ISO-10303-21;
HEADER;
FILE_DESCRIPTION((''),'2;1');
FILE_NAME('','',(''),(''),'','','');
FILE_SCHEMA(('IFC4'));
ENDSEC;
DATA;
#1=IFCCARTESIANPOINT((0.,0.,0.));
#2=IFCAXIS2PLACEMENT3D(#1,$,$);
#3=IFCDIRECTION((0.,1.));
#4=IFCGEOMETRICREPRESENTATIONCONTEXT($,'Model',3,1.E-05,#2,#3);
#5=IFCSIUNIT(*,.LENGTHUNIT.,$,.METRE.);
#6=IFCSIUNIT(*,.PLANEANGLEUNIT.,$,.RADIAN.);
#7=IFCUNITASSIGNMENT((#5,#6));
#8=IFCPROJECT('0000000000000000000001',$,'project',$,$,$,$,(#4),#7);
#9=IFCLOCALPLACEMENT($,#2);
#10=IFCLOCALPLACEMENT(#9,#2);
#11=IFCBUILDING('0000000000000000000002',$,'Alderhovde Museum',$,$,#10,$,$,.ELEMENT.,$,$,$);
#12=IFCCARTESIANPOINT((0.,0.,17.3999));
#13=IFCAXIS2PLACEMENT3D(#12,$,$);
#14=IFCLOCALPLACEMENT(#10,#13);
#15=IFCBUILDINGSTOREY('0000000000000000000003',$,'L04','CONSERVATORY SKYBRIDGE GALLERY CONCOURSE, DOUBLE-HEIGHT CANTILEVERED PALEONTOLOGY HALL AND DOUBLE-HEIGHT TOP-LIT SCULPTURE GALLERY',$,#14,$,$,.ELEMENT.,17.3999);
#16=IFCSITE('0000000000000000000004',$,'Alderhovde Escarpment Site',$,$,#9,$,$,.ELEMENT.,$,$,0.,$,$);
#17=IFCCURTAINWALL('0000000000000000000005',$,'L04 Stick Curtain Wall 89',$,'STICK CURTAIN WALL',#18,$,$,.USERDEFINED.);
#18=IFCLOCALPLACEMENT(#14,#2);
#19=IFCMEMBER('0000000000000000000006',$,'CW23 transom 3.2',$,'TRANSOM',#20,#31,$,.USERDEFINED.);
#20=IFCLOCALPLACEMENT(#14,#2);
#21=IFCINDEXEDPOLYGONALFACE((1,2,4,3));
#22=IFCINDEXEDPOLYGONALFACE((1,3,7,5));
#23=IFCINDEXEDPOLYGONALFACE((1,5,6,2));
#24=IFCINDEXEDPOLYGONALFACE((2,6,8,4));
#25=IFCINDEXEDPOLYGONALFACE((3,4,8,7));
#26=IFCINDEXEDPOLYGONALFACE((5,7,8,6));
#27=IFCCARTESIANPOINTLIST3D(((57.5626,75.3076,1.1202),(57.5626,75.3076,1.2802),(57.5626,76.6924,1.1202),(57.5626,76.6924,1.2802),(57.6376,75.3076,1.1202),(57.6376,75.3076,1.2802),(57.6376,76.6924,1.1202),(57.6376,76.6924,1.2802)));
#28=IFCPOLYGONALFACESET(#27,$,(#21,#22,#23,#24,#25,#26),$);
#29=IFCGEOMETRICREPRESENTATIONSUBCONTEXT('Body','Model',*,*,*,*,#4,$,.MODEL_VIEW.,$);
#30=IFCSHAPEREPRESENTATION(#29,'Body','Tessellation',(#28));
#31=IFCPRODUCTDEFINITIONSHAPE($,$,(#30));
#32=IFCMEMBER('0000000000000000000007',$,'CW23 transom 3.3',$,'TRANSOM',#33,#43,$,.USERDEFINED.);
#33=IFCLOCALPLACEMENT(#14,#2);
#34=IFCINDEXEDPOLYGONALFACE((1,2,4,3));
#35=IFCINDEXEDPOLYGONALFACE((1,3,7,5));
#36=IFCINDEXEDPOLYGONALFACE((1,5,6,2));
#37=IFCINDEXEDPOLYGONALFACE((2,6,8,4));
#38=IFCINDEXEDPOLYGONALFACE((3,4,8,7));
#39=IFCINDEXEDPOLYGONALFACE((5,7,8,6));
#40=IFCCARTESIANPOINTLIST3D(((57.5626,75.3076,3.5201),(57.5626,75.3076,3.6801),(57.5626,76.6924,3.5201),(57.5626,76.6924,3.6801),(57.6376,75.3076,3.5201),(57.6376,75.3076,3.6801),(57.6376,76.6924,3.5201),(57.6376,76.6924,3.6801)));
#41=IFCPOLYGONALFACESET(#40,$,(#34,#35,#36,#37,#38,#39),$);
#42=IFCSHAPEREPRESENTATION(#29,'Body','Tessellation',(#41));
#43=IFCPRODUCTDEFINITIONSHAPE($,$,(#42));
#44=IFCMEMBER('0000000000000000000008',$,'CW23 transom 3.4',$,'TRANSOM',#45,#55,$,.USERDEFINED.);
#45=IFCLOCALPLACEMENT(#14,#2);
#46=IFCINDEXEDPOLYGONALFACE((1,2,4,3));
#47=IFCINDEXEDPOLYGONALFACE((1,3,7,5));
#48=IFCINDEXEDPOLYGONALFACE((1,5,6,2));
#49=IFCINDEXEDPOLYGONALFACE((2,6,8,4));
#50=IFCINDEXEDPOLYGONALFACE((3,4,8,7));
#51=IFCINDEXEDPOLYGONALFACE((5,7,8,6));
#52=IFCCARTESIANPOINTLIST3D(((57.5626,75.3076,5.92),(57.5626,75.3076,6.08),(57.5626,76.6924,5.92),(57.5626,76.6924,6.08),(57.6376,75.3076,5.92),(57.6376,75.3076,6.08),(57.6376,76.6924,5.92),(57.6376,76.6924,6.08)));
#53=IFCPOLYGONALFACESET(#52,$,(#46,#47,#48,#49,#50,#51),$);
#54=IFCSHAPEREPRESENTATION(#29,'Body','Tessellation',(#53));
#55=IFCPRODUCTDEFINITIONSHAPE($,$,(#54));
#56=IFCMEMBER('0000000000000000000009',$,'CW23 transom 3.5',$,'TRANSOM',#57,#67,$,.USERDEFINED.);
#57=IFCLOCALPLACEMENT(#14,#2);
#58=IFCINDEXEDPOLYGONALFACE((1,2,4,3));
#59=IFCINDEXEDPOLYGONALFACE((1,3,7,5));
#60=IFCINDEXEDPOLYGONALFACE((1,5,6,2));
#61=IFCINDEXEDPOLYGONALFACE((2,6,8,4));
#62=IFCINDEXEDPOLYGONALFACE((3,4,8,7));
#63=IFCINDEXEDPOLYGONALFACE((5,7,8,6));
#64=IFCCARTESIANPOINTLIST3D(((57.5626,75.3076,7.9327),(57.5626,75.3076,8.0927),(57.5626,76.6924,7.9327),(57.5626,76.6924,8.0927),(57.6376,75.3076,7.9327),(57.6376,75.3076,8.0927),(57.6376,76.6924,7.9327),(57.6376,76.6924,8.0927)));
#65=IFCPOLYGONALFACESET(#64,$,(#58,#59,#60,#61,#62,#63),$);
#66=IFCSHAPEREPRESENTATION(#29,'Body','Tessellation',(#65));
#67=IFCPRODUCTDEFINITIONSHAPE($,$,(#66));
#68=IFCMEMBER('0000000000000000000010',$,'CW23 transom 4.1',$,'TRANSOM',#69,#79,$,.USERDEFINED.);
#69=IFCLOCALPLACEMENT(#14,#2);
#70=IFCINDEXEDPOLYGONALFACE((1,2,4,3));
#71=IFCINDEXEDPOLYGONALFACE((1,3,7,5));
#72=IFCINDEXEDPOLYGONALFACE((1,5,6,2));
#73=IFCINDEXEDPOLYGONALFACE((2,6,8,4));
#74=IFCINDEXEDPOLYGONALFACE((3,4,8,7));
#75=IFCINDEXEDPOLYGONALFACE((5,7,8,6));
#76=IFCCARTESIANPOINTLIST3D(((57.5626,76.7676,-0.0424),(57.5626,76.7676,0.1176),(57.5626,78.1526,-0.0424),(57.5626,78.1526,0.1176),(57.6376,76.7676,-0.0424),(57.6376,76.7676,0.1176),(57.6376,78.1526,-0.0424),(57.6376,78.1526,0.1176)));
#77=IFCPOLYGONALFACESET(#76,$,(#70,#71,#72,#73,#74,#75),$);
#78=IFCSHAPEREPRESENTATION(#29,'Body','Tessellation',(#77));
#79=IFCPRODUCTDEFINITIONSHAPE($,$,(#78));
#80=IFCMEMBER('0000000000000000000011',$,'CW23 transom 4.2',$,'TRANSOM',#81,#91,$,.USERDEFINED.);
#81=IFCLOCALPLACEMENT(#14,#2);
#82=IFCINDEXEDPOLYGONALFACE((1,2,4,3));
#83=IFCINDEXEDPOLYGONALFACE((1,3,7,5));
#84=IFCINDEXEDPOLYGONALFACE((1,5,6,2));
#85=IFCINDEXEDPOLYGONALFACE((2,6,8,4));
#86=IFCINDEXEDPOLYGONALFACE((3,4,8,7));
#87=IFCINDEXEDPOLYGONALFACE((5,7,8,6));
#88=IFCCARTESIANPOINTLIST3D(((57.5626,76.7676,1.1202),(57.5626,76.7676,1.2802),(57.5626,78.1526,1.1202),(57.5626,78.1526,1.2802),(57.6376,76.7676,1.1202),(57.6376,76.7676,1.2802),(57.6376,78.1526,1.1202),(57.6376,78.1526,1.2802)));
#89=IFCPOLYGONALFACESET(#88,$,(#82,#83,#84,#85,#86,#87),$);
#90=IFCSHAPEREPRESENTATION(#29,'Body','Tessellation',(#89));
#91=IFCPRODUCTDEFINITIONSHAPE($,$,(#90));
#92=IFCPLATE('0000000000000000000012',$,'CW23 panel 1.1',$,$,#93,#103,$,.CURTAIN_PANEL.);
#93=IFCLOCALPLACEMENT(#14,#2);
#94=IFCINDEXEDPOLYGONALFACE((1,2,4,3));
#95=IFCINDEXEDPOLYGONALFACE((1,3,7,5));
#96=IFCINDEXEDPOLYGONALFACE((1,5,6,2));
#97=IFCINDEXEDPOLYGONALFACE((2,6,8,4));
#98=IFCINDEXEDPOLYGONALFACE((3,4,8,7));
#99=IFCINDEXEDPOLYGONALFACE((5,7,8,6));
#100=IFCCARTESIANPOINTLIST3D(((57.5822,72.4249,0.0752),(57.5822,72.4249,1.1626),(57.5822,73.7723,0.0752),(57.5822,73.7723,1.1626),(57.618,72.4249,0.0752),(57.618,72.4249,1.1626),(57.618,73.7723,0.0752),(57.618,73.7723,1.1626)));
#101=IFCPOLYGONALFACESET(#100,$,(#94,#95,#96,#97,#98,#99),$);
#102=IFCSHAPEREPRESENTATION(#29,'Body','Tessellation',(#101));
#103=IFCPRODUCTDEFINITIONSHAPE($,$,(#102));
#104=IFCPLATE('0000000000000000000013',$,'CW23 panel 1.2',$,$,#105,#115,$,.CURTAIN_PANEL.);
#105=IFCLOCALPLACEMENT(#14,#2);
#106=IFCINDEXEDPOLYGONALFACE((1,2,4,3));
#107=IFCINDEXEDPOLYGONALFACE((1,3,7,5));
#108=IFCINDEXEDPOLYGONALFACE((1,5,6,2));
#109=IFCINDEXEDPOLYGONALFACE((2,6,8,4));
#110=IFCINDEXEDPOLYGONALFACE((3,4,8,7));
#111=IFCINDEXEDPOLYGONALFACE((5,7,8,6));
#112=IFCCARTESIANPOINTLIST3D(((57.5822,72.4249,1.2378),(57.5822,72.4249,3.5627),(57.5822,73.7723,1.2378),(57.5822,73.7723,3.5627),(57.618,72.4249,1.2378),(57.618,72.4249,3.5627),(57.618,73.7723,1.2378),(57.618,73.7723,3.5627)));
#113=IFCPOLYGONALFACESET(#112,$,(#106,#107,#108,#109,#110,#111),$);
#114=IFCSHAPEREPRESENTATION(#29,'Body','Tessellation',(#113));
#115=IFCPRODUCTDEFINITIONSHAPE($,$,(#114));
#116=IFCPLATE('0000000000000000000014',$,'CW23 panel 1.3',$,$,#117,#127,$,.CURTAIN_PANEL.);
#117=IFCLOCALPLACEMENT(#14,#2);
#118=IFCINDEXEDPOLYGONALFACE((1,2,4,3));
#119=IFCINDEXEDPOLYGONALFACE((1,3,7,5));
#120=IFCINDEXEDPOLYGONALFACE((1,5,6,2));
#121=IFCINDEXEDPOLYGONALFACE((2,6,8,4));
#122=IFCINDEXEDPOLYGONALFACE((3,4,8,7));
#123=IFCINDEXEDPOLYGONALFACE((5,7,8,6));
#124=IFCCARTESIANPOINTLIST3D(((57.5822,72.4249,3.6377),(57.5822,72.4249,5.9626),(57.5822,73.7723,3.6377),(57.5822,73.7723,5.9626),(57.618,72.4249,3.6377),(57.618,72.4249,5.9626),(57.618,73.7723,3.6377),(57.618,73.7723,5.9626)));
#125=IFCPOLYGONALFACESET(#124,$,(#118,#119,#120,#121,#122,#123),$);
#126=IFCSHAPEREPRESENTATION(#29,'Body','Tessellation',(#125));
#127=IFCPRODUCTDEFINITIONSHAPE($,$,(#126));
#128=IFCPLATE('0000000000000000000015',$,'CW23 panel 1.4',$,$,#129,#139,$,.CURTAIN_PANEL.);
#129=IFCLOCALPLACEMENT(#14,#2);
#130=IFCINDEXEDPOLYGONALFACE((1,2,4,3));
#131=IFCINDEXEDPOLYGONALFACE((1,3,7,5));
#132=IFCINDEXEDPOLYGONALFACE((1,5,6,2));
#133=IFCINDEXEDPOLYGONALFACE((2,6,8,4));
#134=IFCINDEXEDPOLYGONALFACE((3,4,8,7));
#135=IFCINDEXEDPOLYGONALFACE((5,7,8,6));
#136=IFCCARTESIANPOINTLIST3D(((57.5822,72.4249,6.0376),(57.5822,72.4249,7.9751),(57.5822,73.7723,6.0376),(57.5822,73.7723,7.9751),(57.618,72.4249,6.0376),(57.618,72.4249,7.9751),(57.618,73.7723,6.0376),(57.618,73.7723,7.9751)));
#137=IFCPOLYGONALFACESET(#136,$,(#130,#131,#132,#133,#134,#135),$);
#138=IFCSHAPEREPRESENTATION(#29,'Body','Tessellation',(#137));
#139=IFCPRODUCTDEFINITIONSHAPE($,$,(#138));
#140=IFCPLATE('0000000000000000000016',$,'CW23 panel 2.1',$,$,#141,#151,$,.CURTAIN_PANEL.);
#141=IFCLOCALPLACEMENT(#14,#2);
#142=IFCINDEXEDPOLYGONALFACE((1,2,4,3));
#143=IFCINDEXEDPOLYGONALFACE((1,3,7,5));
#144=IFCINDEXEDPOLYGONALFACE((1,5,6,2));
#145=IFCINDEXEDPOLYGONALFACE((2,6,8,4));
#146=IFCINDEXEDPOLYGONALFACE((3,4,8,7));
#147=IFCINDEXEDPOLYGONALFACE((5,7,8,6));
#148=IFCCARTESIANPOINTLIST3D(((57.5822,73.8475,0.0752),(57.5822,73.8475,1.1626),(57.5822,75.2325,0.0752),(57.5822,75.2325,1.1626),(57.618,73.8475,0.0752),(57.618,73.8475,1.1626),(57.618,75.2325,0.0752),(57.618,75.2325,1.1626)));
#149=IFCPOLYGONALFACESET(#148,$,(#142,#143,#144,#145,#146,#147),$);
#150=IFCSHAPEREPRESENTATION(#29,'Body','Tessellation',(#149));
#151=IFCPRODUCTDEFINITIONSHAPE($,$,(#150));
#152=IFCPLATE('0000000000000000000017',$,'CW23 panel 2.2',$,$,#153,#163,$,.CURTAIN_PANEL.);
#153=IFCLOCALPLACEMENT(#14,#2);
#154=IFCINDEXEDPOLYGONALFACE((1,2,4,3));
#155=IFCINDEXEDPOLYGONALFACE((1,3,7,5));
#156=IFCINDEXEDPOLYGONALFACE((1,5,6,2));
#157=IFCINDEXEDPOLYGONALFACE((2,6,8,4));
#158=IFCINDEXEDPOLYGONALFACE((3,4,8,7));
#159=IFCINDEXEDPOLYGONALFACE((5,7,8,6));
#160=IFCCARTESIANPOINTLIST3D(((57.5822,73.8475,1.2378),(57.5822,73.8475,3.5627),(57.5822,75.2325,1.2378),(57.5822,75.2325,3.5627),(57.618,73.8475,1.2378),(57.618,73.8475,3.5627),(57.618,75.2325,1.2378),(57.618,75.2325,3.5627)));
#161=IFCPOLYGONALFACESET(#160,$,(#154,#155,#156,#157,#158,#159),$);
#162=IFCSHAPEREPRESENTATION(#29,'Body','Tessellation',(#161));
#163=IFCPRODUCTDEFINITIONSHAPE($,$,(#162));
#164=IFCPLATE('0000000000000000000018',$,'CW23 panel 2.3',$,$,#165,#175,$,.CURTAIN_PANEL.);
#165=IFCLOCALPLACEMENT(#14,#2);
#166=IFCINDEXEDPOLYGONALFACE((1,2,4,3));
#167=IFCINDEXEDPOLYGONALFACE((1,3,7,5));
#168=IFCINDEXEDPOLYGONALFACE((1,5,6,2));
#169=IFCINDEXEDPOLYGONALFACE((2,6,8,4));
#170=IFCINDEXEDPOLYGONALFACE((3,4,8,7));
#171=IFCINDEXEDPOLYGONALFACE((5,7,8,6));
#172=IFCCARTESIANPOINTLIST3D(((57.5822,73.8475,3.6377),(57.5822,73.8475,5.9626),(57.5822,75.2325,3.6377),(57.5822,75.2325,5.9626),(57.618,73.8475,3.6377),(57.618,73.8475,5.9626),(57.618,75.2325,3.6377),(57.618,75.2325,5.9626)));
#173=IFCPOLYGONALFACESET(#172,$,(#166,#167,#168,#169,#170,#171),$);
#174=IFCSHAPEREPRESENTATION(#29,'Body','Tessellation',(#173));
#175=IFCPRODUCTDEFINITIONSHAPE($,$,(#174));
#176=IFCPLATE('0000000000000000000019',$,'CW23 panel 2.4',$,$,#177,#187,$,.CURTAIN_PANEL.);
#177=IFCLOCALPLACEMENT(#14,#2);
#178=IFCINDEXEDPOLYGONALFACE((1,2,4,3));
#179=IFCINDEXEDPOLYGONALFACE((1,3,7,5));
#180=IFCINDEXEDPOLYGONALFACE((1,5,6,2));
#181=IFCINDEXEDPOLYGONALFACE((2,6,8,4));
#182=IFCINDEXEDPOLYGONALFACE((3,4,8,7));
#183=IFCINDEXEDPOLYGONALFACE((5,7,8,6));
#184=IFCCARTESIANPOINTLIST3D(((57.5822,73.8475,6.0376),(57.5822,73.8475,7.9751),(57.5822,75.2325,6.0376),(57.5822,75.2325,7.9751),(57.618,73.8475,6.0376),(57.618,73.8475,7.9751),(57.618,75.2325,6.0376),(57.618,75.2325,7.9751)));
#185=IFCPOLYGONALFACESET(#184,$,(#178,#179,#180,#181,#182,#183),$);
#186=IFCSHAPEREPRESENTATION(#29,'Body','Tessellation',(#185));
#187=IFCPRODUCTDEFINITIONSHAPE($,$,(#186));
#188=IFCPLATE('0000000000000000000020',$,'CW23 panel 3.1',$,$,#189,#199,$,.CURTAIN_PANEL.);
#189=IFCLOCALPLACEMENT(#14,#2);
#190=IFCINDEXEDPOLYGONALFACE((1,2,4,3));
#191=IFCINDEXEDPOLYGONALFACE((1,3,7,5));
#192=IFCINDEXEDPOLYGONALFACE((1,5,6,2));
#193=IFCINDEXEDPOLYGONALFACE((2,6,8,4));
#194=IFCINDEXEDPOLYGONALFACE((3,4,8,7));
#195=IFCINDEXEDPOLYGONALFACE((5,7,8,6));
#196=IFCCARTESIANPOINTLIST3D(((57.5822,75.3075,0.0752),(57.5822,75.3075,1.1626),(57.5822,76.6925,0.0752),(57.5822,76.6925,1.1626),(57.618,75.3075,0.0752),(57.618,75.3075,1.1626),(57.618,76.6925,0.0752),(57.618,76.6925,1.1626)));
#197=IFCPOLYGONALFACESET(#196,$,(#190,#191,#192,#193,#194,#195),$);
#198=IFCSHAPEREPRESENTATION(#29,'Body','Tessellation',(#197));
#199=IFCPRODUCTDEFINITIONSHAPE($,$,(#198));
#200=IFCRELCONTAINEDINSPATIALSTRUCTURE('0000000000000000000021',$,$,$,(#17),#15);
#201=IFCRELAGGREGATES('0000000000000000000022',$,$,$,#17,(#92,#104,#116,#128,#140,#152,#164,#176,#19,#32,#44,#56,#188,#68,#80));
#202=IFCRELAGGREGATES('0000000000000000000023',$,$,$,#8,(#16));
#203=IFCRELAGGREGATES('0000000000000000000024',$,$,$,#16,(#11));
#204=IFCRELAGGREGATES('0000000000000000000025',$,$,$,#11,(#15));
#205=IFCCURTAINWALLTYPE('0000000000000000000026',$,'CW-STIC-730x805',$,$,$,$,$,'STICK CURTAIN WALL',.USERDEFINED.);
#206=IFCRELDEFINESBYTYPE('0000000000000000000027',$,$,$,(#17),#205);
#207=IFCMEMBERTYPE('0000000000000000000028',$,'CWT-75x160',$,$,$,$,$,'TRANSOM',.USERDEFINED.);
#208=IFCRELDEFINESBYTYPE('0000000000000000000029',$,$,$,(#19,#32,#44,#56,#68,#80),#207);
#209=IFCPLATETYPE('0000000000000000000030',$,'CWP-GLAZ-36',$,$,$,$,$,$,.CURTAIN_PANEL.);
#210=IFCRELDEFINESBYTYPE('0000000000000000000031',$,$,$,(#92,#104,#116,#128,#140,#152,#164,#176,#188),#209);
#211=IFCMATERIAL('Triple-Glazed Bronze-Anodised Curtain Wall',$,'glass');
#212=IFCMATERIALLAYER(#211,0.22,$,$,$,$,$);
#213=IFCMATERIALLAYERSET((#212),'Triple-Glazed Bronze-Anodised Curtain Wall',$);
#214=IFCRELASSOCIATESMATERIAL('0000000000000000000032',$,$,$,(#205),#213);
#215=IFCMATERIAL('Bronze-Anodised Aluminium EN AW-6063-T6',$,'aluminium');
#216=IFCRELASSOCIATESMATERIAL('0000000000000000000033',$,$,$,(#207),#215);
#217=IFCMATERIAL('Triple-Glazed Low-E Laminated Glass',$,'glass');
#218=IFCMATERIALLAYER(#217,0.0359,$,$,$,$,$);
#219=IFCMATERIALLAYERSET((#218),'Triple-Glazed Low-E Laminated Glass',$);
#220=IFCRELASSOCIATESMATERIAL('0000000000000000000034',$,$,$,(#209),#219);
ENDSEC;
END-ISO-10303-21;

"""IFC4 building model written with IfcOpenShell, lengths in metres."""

from ifc_helpers import new_model, si_unit, direction, frame, origin, origin_2d, place, context, subcontext, project, spatial, rectangle, extrude, material, layer, layer_set, material_profile, profile_set, type_object, element, aggregate, save


model = new_model("IFC4")

# Units and contexts
model_context = context("Model", 3, precision=1e-05, world=origin(), true_north=direction((0.0, 1.0)))
body_context = subcontext(model_context, "Body", "Model", "MODEL_VIEW")
ifc_project = project(units=[si_unit("LENGTHUNIT", "METRE"), si_unit("PLANEANGLEUNIT", "RADIAN")], contexts=[model_context])

# Site, building, storey
site_placement = place(None, origin())
site = spatial("IfcSite", under=ifc_project, at=site_placement, Name="Alderhovde Escarpment Site", CompositionType="ELEMENT", RefElevation=0.0)
building_placement = place(site_placement, origin())
building = spatial("IfcBuilding", under=site, at=building_placement, Name="Alderhovde Museum", CompositionType="ELEMENT")
storey_placement = place(building_placement, frame((0.0, 0.0, 17.3999)))
storey = spatial("IfcBuildingStorey", under=building, at=storey_placement, Name="L04", Description="CONSERVATORY SKYBRIDGE GALLERY CONCOURSE, DOUBLE-HEIGHT CANTILEVERED PALEONTOLOGY HALL AND DOUBLE-HEIGHT TOP-LIT SCULPTURE GALLERY", CompositionType="ELEMENT", Elevation=17.3999)

# Curtain wall, members, plates
ifc_material_1 = material(Name="Triple-Glazed Bronze-Anodised Curtain Wall", Category="glass")
ifc_layer_1 = layer(ifc_material_1, 0.22)
ifc_layer_set_1 = layer_set([ifc_layer_1], Name="Triple-Glazed Bronze-Anodised Curtain Wall")
curtain_wall_type = type_object("IfcCurtainWallType", Name="CW-STIC-730x805", ElementType="STICK CURTAIN WALL", PredefinedType="USERDEFINED", material=ifc_layer_set_1)
curtain_wall_placement = place(storey_placement, origin())
curtain_wall = element("IfcCurtainWall", 1, at=curtain_wall_placement, inside=storey, type_object=curtain_wall_type, Name="L04 Stick Curtain Wall 89", ObjectType="STICK CURTAIN WALL", PredefinedType="USERDEFINED")
ifc_material_2 = material(Name="Bronze-Anodised Aluminium EN AW-6063-T6", Category="aluminium")
ifc_material_profile_1 = material_profile(ifc_material_2, rectangle(XDim=0.075, YDim=0.1599, at=origin_2d()), Name="TRANSOM 75x160")
ifc_profile_set_1 = profile_set([ifc_material_profile_1], Name="Bronze-Anodised Aluminium EN AW-6063-T6")
member_type_1 = type_object("IfcMemberType", Name="CWT-75x160", ElementType="TRANSOM", PredefinedType="USERDEFINED", material=ifc_profile_set_1)
member_1_placement = place(storey_placement, frame((57.6001, 75.3076, 1.2002), z_axis=(0.0, 1.0, 0.0), x_axis=(-1.0, 0.0, 0.0)))
member_1 = element("IfcMember", 2, at=member_1_placement, type_object=member_type_1, Name="CW23 transom 3.2", ObjectType="TRANSOM", PredefinedType="USERDEFINED", context=body_context, shape_type="SweptSolid", body=[
    extrude(rectangle(XDim=0.075, YDim=0.1599, at=origin_2d()), origin(), (0.0, 0.0, 1.0), 1.3848),
])
member_2_placement = place(storey_placement, frame((57.6001, 75.3076, 3.6001), z_axis=(0.0, 1.0, 0.0), x_axis=(-1.0, 0.0, 0.0)))
member_2 = element("IfcMember", 3, at=member_2_placement, type_object=member_type_1, Name="CW23 transom 3.3", ObjectType="TRANSOM", PredefinedType="USERDEFINED", context=body_context, shape_type="SweptSolid", body=[
    extrude(rectangle(XDim=0.075, YDim=0.1599, at=origin_2d()), origin(), (0.0, 0.0, 1.0), 1.3848),
])
member_3_placement = place(storey_placement, frame((57.6001, 75.3076, 6.0), z_axis=(0.0, 1.0, 0.0), x_axis=(-1.0, 0.0, 0.0)))
member_3 = element("IfcMember", 4, at=member_3_placement, type_object=member_type_1, Name="CW23 transom 3.4", ObjectType="TRANSOM", PredefinedType="USERDEFINED", context=body_context, shape_type="SweptSolid", body=[
    extrude(rectangle(XDim=0.075, YDim=0.1599, at=origin_2d()), origin(), (0.0, 0.0, 1.0), 1.3848),
])
member_4_placement = place(storey_placement, frame((57.6001, 75.3076, 8.0127), z_axis=(0.0, 1.0, 0.0), x_axis=(-1.0, 0.0, 0.0)))
member_4 = element("IfcMember", 5, at=member_4_placement, type_object=member_type_1, Name="CW23 transom 3.5", ObjectType="TRANSOM", PredefinedType="USERDEFINED", context=body_context, shape_type="SweptSolid", body=[
    extrude(rectangle(XDim=0.075, YDim=0.1599, at=origin_2d()), origin(), (0.0, 0.0, 1.0), 1.3848),
])
member_5_placement = place(storey_placement, frame((57.6001, 76.7676, 0.0376), z_axis=(0.0, 1.0, 0.0), x_axis=(-1.0, 0.0, 0.0)))
member_5 = element("IfcMember", 6, at=member_5_placement, type_object=member_type_1, Name="CW23 transom 4.1", ObjectType="TRANSOM", PredefinedType="USERDEFINED", context=body_context, shape_type="SweptSolid", body=[
    extrude(rectangle(XDim=0.075, YDim=0.1599, at=origin_2d()), origin(), (0.0, 0.0, 1.0), 1.385),
])
member_6_placement = place(storey_placement, frame((57.6001, 76.7676, 1.2002), z_axis=(0.0, 1.0, 0.0), x_axis=(-1.0, 0.0, 0.0)))
member_6 = element("IfcMember", 7, at=member_6_placement, type_object=member_type_1, Name="CW23 transom 4.2", ObjectType="TRANSOM", PredefinedType="USERDEFINED", context=body_context, shape_type="SweptSolid", body=[
    extrude(rectangle(XDim=0.075, YDim=0.1599, at=origin_2d()), origin(), (0.0, 0.0, 1.0), 1.385),
])
ifc_material_3 = material(Name="Triple-Glazed Low-E Laminated Glass", Category="glass")
ifc_layer_2 = layer(ifc_material_3, 0.0359)
ifc_layer_set_2 = layer_set([ifc_layer_2], Name="Triple-Glazed Low-E Laminated Glass")
plate_type = type_object("IfcPlateType", Name="CWP-GLAZ-36", PredefinedType="CURTAIN_PANEL", material=ifc_layer_set_2)
plate_1_placement = place(storey_placement, frame((57.6001, 73.0986, 0.0752), z_axis=(0.0, 0.0, 1.0), x_axis=(0.0, 1.0, 0.0)))
plate_1 = element("IfcPlate", 8, at=plate_1_placement, type_object=plate_type, Name="CW23 panel 1.1", PredefinedType="CURTAIN_PANEL", context=body_context, shape_type="SweptSolid", body=[
    extrude(rectangle(XDim=1.3474, YDim=0.0359, at=origin_2d()), origin(), (0.0, 0.0, 1.0), 1.0874),
])
plate_2_placement = place(storey_placement, frame((57.6001, 73.0986, 1.2378), z_axis=(0.0, 0.0, 1.0), x_axis=(0.0, 1.0, 0.0)))
plate_2 = element("IfcPlate", 9, at=plate_2_placement, type_object=plate_type, Name="CW23 panel 1.2", PredefinedType="CURTAIN_PANEL", context=body_context, shape_type="SweptSolid", body=[
    extrude(rectangle(XDim=1.3474, YDim=0.0359, at=origin_2d()), origin(), (0.0, 0.0, 1.0), 2.325),
])
plate_3_placement = place(storey_placement, frame((57.6001, 73.0986, 3.6377), z_axis=(0.0, 0.0, 1.0), x_axis=(0.0, 1.0, 0.0)))
plate_3 = element("IfcPlate", 10, at=plate_3_placement, type_object=plate_type, Name="CW23 panel 1.3", PredefinedType="CURTAIN_PANEL", context=body_context, shape_type="SweptSolid", body=[
    extrude(rectangle(XDim=1.3474, YDim=0.0359, at=origin_2d()), origin(), (0.0, 0.0, 1.0), 2.325),
])
plate_4_placement = place(storey_placement, frame((57.6001, 73.0986, 6.0376), z_axis=(0.0, 0.0, 1.0), x_axis=(0.0, 1.0, 0.0)))
plate_4 = element("IfcPlate", 11, at=plate_4_placement, type_object=plate_type, Name="CW23 panel 1.4", PredefinedType="CURTAIN_PANEL", context=body_context, shape_type="SweptSolid", body=[
    extrude(rectangle(XDim=1.3474, YDim=0.0359, at=origin_2d()), origin(), (0.0, 0.0, 1.0), 1.9375),
])
plate_5_placement = place(storey_placement, frame((57.6001, 74.54, 0.0752), z_axis=(0.0, 0.0, 1.0), x_axis=(0.0, 1.0, 0.0)))
plate_5 = element("IfcPlate", 12, at=plate_5_placement, type_object=plate_type, Name="CW23 panel 2.1", PredefinedType="CURTAIN_PANEL", context=body_context, shape_type="SweptSolid", body=[
    extrude(rectangle(XDim=1.385, YDim=0.0359, at=origin_2d()), origin(), (0.0, 0.0, 1.0), 1.0874),
])
plate_6_placement = place(storey_placement, frame((57.6001, 74.54, 1.2378), z_axis=(0.0, 0.0, 1.0), x_axis=(0.0, 1.0, 0.0)))
plate_6 = element("IfcPlate", 13, at=plate_6_placement, type_object=plate_type, Name="CW23 panel 2.2", PredefinedType="CURTAIN_PANEL", context=body_context, shape_type="SweptSolid", body=[
    extrude(rectangle(XDim=1.385, YDim=0.0359, at=origin_2d()), origin(), (0.0, 0.0, 1.0), 2.325),
])
plate_7_placement = place(storey_placement, frame((57.6001, 74.54, 3.6377), z_axis=(0.0, 0.0, 1.0), x_axis=(0.0, 1.0, 0.0)))
plate_7 = element("IfcPlate", 14, at=plate_7_placement, type_object=plate_type, Name="CW23 panel 2.3", PredefinedType="CURTAIN_PANEL", context=body_context, shape_type="SweptSolid", body=[
    extrude(rectangle(XDim=1.385, YDim=0.0359, at=origin_2d()), origin(), (0.0, 0.0, 1.0), 2.325),
])
plate_8_placement = place(storey_placement, frame((57.6001, 74.54, 6.0376), z_axis=(0.0, 0.0, 1.0), x_axis=(0.0, 1.0, 0.0)))
plate_8 = element("IfcPlate", 15, at=plate_8_placement, type_object=plate_type, Name="CW23 panel 2.4", PredefinedType="CURTAIN_PANEL", context=body_context, shape_type="SweptSolid", body=[
    extrude(rectangle(XDim=1.385, YDim=0.0359, at=origin_2d()), origin(), (0.0, 0.0, 1.0), 1.9375),
])
plate_9_placement = place(storey_placement, frame((57.6001, 76.0, 0.0752), z_axis=(0.0, 0.0, 1.0), x_axis=(0.0, 1.0, 0.0)))
plate_9 = element("IfcPlate", 16, at=plate_9_placement, type_object=plate_type, Name="CW23 panel 3.1", PredefinedType="CURTAIN_PANEL", context=body_context, shape_type="SweptSolid", body=[
    extrude(rectangle(XDim=1.385, YDim=0.0359, at=origin_2d()), origin(), (0.0, 0.0, 1.0), 1.0874),
])
aggregate(curtain_wall, [plate_1, plate_2, plate_3, plate_4, plate_5, plate_6, plate_7, plate_8, member_1, member_2, member_3, member_4, plate_9, member_5, member_6])

save(model, "model.ifc")
